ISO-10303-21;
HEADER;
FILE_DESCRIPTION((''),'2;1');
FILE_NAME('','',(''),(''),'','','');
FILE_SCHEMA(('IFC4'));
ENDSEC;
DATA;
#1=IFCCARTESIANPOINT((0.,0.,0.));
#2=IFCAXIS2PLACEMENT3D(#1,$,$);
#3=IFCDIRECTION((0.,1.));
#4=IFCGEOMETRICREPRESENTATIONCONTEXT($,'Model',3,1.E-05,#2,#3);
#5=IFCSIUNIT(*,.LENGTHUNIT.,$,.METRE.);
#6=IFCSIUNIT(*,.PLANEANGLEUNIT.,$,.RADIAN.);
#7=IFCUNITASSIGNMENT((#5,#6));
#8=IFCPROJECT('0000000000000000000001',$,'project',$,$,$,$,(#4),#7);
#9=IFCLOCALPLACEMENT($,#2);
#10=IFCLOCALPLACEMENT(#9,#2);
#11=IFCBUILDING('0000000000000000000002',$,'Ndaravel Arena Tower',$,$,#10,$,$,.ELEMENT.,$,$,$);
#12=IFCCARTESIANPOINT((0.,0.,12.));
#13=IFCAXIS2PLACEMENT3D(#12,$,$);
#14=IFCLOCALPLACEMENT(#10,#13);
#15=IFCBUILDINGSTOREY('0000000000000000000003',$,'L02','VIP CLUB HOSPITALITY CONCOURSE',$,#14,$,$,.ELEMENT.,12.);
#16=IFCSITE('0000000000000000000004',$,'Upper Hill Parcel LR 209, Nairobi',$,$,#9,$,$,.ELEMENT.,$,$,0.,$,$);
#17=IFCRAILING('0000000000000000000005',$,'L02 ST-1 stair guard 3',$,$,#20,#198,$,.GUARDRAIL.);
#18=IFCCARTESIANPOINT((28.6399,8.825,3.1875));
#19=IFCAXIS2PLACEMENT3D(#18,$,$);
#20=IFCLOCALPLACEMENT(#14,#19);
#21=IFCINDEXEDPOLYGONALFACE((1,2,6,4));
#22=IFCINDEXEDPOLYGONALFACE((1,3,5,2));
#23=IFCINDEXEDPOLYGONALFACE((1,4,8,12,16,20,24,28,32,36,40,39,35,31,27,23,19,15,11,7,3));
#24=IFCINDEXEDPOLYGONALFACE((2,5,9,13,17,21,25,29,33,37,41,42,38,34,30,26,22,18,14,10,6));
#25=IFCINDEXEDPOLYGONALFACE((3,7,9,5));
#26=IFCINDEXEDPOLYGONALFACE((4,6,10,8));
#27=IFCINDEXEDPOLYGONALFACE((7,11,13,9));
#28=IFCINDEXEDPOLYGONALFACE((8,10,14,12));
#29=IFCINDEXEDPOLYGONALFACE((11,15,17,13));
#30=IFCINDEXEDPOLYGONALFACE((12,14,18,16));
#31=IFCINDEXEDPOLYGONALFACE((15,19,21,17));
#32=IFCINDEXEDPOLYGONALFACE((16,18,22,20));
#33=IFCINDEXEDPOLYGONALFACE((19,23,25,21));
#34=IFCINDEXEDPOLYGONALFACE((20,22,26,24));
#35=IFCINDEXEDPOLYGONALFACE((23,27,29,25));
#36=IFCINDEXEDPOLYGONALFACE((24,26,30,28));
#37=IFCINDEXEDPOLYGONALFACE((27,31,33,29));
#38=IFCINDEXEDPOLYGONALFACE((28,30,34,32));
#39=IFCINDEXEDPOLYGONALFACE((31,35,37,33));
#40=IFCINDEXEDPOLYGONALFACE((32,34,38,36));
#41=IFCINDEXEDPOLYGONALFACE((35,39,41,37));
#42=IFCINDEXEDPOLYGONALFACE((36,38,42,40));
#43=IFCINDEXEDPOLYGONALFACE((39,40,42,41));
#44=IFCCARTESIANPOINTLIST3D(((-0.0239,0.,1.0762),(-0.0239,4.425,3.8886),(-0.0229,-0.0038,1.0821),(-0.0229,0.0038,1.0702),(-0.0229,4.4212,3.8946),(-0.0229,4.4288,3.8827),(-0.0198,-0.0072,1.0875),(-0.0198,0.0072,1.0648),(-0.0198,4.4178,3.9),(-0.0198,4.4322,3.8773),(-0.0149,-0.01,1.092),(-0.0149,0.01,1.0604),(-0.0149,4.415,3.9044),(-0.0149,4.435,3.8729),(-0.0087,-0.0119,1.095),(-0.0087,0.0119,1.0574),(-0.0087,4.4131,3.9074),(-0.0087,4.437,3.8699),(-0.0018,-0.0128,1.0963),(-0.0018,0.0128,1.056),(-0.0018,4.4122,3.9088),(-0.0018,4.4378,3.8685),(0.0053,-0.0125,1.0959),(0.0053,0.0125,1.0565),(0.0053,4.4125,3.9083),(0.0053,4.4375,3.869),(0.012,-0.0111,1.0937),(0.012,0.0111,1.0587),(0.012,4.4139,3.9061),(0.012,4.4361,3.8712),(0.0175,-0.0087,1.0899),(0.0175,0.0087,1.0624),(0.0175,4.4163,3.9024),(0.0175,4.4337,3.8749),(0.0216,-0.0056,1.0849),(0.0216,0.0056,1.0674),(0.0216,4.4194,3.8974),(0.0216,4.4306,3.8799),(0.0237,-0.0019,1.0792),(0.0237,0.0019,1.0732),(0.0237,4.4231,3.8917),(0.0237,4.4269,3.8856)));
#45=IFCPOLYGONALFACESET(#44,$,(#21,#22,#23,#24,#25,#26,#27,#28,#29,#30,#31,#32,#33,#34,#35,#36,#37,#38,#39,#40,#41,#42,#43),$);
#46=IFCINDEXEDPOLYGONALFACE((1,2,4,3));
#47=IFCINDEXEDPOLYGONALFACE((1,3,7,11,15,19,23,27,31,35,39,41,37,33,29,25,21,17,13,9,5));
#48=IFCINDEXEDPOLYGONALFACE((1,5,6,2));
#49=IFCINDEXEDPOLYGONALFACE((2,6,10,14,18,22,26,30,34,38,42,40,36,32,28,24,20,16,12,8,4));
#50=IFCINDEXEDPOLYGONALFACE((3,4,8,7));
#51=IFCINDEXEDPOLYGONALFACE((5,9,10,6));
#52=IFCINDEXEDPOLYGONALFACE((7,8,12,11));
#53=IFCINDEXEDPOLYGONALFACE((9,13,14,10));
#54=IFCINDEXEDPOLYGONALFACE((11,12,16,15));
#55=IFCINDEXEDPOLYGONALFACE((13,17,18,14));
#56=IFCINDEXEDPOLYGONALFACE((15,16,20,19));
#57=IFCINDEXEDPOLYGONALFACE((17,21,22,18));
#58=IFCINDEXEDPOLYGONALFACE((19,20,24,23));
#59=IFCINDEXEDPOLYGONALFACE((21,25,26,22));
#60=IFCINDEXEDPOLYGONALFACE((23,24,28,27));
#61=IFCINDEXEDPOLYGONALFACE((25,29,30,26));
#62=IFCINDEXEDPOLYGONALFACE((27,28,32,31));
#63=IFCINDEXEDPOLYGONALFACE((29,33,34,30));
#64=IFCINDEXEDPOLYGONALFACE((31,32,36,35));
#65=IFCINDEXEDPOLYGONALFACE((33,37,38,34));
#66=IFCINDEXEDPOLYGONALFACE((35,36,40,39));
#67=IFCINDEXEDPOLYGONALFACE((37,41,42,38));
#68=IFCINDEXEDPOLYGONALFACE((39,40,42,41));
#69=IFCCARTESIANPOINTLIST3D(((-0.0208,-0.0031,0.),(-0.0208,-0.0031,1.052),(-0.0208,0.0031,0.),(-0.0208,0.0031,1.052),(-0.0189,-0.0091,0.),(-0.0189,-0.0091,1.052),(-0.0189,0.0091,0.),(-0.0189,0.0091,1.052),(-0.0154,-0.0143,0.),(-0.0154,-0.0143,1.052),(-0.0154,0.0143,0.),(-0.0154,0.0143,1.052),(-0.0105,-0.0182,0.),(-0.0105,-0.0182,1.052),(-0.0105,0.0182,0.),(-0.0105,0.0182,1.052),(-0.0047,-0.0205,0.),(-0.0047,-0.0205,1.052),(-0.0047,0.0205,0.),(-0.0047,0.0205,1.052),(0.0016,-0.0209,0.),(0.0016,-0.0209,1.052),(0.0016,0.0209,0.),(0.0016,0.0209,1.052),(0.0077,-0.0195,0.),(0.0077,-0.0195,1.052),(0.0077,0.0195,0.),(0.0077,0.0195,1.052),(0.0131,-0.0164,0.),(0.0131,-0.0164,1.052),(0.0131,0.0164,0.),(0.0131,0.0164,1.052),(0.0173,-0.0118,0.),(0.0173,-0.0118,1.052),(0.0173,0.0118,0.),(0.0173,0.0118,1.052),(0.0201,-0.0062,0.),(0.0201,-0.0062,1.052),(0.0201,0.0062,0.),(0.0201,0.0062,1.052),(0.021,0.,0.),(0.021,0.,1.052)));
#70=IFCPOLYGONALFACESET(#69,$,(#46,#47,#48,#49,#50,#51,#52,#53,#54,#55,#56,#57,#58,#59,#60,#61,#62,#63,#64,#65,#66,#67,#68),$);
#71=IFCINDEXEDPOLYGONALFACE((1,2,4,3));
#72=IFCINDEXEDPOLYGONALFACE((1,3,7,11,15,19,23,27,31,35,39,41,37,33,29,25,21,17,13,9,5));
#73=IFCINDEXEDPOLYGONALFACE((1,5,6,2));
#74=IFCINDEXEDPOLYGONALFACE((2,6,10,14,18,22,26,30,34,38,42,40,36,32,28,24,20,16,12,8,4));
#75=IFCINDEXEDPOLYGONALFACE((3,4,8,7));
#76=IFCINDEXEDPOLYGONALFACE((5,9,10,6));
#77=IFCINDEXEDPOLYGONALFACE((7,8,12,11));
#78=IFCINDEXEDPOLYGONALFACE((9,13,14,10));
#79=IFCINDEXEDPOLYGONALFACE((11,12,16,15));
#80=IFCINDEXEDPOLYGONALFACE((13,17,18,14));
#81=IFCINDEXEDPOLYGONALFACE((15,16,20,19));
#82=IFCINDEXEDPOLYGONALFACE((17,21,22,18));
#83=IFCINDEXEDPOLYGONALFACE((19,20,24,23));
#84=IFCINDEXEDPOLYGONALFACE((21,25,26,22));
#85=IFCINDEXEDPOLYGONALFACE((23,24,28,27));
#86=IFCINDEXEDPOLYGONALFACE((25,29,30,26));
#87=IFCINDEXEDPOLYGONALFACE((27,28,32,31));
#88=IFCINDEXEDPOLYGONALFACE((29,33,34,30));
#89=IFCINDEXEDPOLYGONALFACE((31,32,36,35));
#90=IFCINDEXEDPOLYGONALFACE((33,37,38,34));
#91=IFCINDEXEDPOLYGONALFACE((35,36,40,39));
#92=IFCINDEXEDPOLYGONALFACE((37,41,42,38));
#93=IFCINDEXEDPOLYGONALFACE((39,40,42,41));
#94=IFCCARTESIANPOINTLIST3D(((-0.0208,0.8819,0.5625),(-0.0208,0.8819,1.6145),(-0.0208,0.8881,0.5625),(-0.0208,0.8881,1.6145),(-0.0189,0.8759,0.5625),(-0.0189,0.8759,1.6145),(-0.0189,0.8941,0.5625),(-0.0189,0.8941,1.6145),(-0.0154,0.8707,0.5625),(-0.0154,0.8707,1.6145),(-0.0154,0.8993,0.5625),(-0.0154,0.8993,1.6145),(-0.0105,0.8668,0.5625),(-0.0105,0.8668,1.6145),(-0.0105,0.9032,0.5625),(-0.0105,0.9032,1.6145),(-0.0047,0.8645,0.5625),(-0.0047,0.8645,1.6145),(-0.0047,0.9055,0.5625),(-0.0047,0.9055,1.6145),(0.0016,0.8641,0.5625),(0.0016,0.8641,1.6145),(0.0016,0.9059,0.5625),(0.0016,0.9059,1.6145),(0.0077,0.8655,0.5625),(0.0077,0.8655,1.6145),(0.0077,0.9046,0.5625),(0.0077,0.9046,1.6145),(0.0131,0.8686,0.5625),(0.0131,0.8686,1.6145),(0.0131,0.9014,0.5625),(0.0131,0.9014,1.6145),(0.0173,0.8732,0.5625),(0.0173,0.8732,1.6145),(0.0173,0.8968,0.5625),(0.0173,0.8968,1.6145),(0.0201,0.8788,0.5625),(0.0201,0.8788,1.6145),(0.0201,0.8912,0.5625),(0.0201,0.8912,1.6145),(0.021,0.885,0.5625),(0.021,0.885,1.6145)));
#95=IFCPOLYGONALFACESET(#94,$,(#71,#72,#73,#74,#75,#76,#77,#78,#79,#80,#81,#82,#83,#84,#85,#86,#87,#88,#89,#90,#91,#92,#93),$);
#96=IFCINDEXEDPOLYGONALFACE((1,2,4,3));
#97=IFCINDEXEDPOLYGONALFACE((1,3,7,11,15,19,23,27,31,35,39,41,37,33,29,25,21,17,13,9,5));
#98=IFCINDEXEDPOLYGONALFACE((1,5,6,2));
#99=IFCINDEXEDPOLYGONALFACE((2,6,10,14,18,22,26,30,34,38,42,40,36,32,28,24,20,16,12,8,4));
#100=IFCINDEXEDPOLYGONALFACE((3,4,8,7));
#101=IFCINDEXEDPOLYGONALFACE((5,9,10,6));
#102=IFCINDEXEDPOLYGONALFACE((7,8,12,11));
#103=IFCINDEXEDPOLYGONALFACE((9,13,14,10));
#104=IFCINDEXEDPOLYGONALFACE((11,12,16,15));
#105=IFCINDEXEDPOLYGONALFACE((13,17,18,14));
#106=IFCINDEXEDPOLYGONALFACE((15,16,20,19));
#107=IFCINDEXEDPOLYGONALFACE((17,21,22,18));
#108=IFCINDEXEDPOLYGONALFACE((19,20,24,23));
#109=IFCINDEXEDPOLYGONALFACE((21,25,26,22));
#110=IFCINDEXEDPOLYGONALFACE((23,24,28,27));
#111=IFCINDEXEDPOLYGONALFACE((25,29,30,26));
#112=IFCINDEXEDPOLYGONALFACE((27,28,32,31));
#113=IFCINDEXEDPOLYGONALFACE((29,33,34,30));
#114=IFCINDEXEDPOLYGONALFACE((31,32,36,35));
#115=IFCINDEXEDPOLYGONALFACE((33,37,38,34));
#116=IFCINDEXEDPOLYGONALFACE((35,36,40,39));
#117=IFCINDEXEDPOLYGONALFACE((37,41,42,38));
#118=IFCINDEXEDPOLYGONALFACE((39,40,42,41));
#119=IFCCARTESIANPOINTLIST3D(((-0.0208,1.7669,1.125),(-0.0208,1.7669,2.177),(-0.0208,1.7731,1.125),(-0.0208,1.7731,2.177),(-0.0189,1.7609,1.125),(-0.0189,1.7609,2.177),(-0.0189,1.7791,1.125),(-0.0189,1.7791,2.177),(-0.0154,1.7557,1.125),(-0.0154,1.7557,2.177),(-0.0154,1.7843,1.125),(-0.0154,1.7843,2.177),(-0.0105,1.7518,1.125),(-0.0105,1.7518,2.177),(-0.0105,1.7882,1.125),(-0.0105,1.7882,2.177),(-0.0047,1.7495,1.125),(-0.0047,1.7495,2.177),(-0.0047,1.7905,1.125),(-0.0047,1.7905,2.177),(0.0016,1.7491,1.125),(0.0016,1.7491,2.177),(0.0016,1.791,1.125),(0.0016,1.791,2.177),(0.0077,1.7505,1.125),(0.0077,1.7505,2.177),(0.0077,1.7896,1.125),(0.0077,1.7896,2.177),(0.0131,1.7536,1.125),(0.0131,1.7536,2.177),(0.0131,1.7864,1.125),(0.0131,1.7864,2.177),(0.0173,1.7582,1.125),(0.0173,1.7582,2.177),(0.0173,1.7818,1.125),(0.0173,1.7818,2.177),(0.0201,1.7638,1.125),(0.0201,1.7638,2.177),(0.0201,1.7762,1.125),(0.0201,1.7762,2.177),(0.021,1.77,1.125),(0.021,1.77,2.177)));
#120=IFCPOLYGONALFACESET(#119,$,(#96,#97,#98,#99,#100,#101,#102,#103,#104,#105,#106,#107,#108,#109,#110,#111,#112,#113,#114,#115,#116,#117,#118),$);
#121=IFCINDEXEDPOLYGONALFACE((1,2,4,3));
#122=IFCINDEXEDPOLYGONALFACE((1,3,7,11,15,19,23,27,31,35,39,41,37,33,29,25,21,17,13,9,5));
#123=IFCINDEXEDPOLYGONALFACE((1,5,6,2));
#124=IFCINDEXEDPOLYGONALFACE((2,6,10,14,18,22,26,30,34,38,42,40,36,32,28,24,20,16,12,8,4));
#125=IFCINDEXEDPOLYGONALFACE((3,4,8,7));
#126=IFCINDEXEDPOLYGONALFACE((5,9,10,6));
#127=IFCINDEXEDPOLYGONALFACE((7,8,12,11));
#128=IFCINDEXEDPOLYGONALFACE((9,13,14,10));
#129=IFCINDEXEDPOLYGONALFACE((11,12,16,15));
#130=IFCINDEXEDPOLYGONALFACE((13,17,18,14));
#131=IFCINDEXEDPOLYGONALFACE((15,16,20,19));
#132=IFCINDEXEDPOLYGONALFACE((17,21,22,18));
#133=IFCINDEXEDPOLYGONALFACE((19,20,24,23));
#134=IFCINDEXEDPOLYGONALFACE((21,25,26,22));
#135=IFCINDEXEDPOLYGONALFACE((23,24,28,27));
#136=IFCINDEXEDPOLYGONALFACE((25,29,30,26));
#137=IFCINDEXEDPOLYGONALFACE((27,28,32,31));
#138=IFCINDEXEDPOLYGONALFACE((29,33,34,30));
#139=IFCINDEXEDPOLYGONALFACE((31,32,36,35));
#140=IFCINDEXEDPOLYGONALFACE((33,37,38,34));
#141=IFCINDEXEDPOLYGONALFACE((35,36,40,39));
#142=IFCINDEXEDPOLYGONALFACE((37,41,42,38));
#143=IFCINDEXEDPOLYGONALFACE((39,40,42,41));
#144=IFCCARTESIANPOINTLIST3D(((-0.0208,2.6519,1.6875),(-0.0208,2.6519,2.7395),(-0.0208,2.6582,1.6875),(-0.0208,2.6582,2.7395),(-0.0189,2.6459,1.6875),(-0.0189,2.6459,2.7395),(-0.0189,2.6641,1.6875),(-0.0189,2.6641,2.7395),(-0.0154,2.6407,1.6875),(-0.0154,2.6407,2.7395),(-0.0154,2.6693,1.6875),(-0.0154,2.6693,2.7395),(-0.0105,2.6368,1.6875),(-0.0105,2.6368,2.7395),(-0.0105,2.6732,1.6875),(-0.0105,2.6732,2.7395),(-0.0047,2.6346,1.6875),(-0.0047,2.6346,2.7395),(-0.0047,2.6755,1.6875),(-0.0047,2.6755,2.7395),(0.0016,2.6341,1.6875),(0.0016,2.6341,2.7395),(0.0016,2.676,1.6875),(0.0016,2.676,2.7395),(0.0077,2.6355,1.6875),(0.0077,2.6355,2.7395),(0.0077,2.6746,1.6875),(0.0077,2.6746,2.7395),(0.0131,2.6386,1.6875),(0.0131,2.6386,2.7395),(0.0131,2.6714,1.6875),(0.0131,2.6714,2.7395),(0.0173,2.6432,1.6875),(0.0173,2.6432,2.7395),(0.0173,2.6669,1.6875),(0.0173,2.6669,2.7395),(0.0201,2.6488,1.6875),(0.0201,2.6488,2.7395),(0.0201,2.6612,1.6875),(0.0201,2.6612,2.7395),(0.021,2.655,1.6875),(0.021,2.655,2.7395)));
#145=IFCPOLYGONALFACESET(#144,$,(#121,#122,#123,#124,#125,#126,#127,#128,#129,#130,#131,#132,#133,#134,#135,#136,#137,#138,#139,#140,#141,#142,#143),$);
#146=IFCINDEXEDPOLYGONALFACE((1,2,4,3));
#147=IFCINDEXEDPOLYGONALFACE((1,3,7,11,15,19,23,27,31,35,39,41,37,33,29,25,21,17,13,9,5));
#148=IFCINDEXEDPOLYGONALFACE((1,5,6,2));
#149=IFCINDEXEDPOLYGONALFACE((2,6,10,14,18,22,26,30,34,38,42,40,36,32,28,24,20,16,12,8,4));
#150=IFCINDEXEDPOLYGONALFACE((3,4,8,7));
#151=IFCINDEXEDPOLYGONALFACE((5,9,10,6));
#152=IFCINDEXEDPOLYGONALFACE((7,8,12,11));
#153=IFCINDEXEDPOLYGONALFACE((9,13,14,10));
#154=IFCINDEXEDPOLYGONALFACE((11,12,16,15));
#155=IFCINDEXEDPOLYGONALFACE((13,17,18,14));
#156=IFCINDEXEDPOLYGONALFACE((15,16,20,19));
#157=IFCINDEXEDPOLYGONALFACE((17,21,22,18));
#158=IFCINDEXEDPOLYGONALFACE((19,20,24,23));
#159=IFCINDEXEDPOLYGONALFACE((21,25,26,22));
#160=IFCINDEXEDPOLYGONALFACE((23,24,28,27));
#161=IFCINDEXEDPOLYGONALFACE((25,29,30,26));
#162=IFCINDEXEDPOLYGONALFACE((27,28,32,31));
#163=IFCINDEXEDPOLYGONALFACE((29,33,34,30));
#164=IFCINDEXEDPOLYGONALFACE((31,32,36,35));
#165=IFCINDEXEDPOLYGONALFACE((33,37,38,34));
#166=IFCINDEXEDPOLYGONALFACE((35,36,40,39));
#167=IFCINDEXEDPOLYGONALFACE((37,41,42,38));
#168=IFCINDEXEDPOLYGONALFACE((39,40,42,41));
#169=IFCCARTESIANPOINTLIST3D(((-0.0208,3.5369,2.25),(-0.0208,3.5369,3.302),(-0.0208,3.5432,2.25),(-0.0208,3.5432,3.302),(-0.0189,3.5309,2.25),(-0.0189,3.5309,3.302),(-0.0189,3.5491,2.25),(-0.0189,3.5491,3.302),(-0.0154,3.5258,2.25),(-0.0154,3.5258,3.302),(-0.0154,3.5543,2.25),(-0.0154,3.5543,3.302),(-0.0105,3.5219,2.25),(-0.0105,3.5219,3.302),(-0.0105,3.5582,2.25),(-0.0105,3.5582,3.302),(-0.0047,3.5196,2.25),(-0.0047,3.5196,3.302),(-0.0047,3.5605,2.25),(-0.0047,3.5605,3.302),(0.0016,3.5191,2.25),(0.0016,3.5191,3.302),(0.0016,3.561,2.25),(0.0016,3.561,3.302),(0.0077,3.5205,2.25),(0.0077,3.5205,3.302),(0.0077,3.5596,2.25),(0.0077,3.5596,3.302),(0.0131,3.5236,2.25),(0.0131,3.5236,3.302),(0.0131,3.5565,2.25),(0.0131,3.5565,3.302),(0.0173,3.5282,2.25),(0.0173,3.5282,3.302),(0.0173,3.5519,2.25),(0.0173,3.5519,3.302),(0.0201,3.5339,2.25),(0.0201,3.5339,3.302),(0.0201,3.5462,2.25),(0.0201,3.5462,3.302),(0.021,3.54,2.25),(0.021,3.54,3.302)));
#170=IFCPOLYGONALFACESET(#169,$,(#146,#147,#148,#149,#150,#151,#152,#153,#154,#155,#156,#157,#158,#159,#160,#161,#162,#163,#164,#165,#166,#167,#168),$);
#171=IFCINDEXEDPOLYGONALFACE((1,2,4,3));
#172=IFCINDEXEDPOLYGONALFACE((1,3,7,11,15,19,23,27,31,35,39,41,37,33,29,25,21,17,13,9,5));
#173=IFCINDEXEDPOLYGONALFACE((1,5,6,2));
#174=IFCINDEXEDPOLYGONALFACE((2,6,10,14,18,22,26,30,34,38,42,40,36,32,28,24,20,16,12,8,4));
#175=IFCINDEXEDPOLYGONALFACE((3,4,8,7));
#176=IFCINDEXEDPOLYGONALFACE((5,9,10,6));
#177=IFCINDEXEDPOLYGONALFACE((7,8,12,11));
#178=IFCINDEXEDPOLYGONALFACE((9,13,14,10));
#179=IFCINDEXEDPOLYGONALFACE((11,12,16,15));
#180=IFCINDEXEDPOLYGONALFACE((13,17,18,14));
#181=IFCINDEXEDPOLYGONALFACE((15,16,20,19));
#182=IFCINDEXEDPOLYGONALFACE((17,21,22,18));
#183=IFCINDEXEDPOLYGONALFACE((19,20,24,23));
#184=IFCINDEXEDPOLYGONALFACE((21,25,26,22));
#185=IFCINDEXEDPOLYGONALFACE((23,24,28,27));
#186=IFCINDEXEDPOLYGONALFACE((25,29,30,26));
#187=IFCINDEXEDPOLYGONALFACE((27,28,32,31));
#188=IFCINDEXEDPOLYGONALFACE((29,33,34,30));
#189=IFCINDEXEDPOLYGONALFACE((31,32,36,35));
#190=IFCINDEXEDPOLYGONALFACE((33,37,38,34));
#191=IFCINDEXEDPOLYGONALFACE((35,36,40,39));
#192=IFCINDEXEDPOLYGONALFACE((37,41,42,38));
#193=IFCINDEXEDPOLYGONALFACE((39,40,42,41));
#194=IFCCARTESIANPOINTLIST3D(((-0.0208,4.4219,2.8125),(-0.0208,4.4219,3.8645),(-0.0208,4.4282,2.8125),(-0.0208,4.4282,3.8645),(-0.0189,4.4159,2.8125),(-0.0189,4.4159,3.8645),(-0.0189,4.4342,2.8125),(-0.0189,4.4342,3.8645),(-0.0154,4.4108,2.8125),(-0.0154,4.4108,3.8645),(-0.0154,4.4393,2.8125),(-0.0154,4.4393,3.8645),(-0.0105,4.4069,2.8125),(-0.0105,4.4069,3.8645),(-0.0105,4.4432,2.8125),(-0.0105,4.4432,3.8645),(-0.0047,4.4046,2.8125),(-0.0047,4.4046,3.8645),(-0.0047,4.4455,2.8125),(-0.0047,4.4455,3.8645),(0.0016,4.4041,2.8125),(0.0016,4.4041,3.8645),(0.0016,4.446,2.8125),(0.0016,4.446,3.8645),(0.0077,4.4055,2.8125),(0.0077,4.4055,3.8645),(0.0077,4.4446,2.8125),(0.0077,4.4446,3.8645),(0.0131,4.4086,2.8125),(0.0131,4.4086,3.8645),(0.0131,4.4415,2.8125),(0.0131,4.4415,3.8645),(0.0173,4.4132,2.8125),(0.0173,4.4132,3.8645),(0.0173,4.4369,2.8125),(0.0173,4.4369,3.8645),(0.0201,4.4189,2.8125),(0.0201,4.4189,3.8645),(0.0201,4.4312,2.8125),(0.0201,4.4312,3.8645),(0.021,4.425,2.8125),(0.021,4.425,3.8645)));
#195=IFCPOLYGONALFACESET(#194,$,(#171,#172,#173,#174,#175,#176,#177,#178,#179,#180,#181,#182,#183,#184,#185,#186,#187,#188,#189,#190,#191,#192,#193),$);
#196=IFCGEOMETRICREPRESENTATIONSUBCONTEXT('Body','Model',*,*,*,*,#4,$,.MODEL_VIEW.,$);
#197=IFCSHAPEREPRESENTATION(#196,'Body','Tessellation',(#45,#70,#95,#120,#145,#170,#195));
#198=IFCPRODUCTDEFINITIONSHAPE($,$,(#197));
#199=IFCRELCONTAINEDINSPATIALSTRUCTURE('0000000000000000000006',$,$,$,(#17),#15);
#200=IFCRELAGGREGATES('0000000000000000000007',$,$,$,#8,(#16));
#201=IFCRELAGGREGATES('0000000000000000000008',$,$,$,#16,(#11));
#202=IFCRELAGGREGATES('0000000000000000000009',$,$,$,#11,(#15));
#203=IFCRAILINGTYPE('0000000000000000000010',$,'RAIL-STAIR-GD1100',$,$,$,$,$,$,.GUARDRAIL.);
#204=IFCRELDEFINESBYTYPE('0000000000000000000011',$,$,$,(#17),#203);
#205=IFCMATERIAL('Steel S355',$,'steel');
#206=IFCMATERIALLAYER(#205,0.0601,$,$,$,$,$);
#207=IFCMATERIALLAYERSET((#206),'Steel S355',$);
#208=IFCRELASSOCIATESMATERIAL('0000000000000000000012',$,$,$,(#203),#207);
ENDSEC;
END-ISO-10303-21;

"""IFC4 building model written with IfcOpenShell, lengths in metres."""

from ifc_helpers import new_model, si_unit, direction, frame, origin, origin_2d, place, context, subcontext, project, spatial, circle, extrude, material, layer, layer_set, type_object, element, save


model = new_model("IFC4")

# Units and contexts
model_context = context("Model", 3, precision=1e-05, world=origin(), true_north=direction((0.0, 1.0)))
body_context = subcontext(model_context, "Body", "Model", "MODEL_VIEW")
ifc_project = project(units=[si_unit("LENGTHUNIT", "METRE"), si_unit("PLANEANGLEUNIT", "RADIAN")], contexts=[model_context])

# Site, building, storey
site_placement = place(None, origin())
site = spatial("IfcSite", under=ifc_project, at=site_placement, Name="Upper Hill Parcel LR 209, Nairobi", CompositionType="ELEMENT", RefElevation=0.0)
building_placement = place(site_placement, origin())
building = spatial("IfcBuilding", under=site, at=building_placement, Name="Ndaravel Arena Tower", CompositionType="ELEMENT")
storey_placement = place(building_placement, frame((0.0, 0.0, 12.0)))
storey = spatial("IfcBuildingStorey", under=building, at=storey_placement, Name="L02", Description="VIP CLUB HOSPITALITY CONCOURSE", CompositionType="ELEMENT", Elevation=12.0)

# Railing
ifc_material_1 = material(Name="Steel S355", Category="steel")
ifc_layer_1 = layer(ifc_material_1, 0.0601)
ifc_layer_set_1 = layer_set([ifc_layer_1], Name="Steel S355")
railing_type_1 = type_object("IfcRailingType", Name="RAIL-STAIR-GD1100", PredefinedType="GUARDRAIL", material=ifc_layer_set_1)
railing_1_placement = place(storey_placement, frame((28.6399, 8.825, 3.1875)))
element("IfcRailing", 1, at=railing_1_placement, inside=storey, type_object=railing_type_1, Name="L02 ST-1 stair guard 3", PredefinedType="GUARDRAIL", context=body_context, shape_type="SweptSolid", body=[
    extrude(circle(Radius=0.0239, at=origin_2d()), frame((0.0, 0.0, 1.0762), z_axis=(0.0, 0.843959, 0.536408), x_axis=(-1.0, 0.0, 0.0)), (0.0, 0.0, 1.0), 5.2432),
    extrude(circle(Radius=0.021, at=origin_2d()), origin(), (0.0, 0.0, 1.0), 1.052),
    extrude(circle(Radius=0.021, at=origin_2d()), frame((0.0, 0.885, 0.5625)), (0.0, 0.0, 1.0), 1.052),
    extrude(circle(Radius=0.021, at=origin_2d()), frame((0.0, 1.77, 1.125)), (0.0, 0.0, 1.0), 1.052),
    extrude(circle(Radius=0.021, at=origin_2d()), frame((0.0, 2.655, 1.6875)), (0.0, 0.0, 1.0), 1.052),
    extrude(circle(Radius=0.021, at=origin_2d()), frame((0.0, 3.54, 2.25)), (0.0, 0.0, 1.0), 1.052),
    extrude(circle(Radius=0.021, at=origin_2d()), frame((0.0, 4.425, 2.8125)), (0.0, 0.0, 1.0), 1.052),
])

save(model, "model.ifc")
